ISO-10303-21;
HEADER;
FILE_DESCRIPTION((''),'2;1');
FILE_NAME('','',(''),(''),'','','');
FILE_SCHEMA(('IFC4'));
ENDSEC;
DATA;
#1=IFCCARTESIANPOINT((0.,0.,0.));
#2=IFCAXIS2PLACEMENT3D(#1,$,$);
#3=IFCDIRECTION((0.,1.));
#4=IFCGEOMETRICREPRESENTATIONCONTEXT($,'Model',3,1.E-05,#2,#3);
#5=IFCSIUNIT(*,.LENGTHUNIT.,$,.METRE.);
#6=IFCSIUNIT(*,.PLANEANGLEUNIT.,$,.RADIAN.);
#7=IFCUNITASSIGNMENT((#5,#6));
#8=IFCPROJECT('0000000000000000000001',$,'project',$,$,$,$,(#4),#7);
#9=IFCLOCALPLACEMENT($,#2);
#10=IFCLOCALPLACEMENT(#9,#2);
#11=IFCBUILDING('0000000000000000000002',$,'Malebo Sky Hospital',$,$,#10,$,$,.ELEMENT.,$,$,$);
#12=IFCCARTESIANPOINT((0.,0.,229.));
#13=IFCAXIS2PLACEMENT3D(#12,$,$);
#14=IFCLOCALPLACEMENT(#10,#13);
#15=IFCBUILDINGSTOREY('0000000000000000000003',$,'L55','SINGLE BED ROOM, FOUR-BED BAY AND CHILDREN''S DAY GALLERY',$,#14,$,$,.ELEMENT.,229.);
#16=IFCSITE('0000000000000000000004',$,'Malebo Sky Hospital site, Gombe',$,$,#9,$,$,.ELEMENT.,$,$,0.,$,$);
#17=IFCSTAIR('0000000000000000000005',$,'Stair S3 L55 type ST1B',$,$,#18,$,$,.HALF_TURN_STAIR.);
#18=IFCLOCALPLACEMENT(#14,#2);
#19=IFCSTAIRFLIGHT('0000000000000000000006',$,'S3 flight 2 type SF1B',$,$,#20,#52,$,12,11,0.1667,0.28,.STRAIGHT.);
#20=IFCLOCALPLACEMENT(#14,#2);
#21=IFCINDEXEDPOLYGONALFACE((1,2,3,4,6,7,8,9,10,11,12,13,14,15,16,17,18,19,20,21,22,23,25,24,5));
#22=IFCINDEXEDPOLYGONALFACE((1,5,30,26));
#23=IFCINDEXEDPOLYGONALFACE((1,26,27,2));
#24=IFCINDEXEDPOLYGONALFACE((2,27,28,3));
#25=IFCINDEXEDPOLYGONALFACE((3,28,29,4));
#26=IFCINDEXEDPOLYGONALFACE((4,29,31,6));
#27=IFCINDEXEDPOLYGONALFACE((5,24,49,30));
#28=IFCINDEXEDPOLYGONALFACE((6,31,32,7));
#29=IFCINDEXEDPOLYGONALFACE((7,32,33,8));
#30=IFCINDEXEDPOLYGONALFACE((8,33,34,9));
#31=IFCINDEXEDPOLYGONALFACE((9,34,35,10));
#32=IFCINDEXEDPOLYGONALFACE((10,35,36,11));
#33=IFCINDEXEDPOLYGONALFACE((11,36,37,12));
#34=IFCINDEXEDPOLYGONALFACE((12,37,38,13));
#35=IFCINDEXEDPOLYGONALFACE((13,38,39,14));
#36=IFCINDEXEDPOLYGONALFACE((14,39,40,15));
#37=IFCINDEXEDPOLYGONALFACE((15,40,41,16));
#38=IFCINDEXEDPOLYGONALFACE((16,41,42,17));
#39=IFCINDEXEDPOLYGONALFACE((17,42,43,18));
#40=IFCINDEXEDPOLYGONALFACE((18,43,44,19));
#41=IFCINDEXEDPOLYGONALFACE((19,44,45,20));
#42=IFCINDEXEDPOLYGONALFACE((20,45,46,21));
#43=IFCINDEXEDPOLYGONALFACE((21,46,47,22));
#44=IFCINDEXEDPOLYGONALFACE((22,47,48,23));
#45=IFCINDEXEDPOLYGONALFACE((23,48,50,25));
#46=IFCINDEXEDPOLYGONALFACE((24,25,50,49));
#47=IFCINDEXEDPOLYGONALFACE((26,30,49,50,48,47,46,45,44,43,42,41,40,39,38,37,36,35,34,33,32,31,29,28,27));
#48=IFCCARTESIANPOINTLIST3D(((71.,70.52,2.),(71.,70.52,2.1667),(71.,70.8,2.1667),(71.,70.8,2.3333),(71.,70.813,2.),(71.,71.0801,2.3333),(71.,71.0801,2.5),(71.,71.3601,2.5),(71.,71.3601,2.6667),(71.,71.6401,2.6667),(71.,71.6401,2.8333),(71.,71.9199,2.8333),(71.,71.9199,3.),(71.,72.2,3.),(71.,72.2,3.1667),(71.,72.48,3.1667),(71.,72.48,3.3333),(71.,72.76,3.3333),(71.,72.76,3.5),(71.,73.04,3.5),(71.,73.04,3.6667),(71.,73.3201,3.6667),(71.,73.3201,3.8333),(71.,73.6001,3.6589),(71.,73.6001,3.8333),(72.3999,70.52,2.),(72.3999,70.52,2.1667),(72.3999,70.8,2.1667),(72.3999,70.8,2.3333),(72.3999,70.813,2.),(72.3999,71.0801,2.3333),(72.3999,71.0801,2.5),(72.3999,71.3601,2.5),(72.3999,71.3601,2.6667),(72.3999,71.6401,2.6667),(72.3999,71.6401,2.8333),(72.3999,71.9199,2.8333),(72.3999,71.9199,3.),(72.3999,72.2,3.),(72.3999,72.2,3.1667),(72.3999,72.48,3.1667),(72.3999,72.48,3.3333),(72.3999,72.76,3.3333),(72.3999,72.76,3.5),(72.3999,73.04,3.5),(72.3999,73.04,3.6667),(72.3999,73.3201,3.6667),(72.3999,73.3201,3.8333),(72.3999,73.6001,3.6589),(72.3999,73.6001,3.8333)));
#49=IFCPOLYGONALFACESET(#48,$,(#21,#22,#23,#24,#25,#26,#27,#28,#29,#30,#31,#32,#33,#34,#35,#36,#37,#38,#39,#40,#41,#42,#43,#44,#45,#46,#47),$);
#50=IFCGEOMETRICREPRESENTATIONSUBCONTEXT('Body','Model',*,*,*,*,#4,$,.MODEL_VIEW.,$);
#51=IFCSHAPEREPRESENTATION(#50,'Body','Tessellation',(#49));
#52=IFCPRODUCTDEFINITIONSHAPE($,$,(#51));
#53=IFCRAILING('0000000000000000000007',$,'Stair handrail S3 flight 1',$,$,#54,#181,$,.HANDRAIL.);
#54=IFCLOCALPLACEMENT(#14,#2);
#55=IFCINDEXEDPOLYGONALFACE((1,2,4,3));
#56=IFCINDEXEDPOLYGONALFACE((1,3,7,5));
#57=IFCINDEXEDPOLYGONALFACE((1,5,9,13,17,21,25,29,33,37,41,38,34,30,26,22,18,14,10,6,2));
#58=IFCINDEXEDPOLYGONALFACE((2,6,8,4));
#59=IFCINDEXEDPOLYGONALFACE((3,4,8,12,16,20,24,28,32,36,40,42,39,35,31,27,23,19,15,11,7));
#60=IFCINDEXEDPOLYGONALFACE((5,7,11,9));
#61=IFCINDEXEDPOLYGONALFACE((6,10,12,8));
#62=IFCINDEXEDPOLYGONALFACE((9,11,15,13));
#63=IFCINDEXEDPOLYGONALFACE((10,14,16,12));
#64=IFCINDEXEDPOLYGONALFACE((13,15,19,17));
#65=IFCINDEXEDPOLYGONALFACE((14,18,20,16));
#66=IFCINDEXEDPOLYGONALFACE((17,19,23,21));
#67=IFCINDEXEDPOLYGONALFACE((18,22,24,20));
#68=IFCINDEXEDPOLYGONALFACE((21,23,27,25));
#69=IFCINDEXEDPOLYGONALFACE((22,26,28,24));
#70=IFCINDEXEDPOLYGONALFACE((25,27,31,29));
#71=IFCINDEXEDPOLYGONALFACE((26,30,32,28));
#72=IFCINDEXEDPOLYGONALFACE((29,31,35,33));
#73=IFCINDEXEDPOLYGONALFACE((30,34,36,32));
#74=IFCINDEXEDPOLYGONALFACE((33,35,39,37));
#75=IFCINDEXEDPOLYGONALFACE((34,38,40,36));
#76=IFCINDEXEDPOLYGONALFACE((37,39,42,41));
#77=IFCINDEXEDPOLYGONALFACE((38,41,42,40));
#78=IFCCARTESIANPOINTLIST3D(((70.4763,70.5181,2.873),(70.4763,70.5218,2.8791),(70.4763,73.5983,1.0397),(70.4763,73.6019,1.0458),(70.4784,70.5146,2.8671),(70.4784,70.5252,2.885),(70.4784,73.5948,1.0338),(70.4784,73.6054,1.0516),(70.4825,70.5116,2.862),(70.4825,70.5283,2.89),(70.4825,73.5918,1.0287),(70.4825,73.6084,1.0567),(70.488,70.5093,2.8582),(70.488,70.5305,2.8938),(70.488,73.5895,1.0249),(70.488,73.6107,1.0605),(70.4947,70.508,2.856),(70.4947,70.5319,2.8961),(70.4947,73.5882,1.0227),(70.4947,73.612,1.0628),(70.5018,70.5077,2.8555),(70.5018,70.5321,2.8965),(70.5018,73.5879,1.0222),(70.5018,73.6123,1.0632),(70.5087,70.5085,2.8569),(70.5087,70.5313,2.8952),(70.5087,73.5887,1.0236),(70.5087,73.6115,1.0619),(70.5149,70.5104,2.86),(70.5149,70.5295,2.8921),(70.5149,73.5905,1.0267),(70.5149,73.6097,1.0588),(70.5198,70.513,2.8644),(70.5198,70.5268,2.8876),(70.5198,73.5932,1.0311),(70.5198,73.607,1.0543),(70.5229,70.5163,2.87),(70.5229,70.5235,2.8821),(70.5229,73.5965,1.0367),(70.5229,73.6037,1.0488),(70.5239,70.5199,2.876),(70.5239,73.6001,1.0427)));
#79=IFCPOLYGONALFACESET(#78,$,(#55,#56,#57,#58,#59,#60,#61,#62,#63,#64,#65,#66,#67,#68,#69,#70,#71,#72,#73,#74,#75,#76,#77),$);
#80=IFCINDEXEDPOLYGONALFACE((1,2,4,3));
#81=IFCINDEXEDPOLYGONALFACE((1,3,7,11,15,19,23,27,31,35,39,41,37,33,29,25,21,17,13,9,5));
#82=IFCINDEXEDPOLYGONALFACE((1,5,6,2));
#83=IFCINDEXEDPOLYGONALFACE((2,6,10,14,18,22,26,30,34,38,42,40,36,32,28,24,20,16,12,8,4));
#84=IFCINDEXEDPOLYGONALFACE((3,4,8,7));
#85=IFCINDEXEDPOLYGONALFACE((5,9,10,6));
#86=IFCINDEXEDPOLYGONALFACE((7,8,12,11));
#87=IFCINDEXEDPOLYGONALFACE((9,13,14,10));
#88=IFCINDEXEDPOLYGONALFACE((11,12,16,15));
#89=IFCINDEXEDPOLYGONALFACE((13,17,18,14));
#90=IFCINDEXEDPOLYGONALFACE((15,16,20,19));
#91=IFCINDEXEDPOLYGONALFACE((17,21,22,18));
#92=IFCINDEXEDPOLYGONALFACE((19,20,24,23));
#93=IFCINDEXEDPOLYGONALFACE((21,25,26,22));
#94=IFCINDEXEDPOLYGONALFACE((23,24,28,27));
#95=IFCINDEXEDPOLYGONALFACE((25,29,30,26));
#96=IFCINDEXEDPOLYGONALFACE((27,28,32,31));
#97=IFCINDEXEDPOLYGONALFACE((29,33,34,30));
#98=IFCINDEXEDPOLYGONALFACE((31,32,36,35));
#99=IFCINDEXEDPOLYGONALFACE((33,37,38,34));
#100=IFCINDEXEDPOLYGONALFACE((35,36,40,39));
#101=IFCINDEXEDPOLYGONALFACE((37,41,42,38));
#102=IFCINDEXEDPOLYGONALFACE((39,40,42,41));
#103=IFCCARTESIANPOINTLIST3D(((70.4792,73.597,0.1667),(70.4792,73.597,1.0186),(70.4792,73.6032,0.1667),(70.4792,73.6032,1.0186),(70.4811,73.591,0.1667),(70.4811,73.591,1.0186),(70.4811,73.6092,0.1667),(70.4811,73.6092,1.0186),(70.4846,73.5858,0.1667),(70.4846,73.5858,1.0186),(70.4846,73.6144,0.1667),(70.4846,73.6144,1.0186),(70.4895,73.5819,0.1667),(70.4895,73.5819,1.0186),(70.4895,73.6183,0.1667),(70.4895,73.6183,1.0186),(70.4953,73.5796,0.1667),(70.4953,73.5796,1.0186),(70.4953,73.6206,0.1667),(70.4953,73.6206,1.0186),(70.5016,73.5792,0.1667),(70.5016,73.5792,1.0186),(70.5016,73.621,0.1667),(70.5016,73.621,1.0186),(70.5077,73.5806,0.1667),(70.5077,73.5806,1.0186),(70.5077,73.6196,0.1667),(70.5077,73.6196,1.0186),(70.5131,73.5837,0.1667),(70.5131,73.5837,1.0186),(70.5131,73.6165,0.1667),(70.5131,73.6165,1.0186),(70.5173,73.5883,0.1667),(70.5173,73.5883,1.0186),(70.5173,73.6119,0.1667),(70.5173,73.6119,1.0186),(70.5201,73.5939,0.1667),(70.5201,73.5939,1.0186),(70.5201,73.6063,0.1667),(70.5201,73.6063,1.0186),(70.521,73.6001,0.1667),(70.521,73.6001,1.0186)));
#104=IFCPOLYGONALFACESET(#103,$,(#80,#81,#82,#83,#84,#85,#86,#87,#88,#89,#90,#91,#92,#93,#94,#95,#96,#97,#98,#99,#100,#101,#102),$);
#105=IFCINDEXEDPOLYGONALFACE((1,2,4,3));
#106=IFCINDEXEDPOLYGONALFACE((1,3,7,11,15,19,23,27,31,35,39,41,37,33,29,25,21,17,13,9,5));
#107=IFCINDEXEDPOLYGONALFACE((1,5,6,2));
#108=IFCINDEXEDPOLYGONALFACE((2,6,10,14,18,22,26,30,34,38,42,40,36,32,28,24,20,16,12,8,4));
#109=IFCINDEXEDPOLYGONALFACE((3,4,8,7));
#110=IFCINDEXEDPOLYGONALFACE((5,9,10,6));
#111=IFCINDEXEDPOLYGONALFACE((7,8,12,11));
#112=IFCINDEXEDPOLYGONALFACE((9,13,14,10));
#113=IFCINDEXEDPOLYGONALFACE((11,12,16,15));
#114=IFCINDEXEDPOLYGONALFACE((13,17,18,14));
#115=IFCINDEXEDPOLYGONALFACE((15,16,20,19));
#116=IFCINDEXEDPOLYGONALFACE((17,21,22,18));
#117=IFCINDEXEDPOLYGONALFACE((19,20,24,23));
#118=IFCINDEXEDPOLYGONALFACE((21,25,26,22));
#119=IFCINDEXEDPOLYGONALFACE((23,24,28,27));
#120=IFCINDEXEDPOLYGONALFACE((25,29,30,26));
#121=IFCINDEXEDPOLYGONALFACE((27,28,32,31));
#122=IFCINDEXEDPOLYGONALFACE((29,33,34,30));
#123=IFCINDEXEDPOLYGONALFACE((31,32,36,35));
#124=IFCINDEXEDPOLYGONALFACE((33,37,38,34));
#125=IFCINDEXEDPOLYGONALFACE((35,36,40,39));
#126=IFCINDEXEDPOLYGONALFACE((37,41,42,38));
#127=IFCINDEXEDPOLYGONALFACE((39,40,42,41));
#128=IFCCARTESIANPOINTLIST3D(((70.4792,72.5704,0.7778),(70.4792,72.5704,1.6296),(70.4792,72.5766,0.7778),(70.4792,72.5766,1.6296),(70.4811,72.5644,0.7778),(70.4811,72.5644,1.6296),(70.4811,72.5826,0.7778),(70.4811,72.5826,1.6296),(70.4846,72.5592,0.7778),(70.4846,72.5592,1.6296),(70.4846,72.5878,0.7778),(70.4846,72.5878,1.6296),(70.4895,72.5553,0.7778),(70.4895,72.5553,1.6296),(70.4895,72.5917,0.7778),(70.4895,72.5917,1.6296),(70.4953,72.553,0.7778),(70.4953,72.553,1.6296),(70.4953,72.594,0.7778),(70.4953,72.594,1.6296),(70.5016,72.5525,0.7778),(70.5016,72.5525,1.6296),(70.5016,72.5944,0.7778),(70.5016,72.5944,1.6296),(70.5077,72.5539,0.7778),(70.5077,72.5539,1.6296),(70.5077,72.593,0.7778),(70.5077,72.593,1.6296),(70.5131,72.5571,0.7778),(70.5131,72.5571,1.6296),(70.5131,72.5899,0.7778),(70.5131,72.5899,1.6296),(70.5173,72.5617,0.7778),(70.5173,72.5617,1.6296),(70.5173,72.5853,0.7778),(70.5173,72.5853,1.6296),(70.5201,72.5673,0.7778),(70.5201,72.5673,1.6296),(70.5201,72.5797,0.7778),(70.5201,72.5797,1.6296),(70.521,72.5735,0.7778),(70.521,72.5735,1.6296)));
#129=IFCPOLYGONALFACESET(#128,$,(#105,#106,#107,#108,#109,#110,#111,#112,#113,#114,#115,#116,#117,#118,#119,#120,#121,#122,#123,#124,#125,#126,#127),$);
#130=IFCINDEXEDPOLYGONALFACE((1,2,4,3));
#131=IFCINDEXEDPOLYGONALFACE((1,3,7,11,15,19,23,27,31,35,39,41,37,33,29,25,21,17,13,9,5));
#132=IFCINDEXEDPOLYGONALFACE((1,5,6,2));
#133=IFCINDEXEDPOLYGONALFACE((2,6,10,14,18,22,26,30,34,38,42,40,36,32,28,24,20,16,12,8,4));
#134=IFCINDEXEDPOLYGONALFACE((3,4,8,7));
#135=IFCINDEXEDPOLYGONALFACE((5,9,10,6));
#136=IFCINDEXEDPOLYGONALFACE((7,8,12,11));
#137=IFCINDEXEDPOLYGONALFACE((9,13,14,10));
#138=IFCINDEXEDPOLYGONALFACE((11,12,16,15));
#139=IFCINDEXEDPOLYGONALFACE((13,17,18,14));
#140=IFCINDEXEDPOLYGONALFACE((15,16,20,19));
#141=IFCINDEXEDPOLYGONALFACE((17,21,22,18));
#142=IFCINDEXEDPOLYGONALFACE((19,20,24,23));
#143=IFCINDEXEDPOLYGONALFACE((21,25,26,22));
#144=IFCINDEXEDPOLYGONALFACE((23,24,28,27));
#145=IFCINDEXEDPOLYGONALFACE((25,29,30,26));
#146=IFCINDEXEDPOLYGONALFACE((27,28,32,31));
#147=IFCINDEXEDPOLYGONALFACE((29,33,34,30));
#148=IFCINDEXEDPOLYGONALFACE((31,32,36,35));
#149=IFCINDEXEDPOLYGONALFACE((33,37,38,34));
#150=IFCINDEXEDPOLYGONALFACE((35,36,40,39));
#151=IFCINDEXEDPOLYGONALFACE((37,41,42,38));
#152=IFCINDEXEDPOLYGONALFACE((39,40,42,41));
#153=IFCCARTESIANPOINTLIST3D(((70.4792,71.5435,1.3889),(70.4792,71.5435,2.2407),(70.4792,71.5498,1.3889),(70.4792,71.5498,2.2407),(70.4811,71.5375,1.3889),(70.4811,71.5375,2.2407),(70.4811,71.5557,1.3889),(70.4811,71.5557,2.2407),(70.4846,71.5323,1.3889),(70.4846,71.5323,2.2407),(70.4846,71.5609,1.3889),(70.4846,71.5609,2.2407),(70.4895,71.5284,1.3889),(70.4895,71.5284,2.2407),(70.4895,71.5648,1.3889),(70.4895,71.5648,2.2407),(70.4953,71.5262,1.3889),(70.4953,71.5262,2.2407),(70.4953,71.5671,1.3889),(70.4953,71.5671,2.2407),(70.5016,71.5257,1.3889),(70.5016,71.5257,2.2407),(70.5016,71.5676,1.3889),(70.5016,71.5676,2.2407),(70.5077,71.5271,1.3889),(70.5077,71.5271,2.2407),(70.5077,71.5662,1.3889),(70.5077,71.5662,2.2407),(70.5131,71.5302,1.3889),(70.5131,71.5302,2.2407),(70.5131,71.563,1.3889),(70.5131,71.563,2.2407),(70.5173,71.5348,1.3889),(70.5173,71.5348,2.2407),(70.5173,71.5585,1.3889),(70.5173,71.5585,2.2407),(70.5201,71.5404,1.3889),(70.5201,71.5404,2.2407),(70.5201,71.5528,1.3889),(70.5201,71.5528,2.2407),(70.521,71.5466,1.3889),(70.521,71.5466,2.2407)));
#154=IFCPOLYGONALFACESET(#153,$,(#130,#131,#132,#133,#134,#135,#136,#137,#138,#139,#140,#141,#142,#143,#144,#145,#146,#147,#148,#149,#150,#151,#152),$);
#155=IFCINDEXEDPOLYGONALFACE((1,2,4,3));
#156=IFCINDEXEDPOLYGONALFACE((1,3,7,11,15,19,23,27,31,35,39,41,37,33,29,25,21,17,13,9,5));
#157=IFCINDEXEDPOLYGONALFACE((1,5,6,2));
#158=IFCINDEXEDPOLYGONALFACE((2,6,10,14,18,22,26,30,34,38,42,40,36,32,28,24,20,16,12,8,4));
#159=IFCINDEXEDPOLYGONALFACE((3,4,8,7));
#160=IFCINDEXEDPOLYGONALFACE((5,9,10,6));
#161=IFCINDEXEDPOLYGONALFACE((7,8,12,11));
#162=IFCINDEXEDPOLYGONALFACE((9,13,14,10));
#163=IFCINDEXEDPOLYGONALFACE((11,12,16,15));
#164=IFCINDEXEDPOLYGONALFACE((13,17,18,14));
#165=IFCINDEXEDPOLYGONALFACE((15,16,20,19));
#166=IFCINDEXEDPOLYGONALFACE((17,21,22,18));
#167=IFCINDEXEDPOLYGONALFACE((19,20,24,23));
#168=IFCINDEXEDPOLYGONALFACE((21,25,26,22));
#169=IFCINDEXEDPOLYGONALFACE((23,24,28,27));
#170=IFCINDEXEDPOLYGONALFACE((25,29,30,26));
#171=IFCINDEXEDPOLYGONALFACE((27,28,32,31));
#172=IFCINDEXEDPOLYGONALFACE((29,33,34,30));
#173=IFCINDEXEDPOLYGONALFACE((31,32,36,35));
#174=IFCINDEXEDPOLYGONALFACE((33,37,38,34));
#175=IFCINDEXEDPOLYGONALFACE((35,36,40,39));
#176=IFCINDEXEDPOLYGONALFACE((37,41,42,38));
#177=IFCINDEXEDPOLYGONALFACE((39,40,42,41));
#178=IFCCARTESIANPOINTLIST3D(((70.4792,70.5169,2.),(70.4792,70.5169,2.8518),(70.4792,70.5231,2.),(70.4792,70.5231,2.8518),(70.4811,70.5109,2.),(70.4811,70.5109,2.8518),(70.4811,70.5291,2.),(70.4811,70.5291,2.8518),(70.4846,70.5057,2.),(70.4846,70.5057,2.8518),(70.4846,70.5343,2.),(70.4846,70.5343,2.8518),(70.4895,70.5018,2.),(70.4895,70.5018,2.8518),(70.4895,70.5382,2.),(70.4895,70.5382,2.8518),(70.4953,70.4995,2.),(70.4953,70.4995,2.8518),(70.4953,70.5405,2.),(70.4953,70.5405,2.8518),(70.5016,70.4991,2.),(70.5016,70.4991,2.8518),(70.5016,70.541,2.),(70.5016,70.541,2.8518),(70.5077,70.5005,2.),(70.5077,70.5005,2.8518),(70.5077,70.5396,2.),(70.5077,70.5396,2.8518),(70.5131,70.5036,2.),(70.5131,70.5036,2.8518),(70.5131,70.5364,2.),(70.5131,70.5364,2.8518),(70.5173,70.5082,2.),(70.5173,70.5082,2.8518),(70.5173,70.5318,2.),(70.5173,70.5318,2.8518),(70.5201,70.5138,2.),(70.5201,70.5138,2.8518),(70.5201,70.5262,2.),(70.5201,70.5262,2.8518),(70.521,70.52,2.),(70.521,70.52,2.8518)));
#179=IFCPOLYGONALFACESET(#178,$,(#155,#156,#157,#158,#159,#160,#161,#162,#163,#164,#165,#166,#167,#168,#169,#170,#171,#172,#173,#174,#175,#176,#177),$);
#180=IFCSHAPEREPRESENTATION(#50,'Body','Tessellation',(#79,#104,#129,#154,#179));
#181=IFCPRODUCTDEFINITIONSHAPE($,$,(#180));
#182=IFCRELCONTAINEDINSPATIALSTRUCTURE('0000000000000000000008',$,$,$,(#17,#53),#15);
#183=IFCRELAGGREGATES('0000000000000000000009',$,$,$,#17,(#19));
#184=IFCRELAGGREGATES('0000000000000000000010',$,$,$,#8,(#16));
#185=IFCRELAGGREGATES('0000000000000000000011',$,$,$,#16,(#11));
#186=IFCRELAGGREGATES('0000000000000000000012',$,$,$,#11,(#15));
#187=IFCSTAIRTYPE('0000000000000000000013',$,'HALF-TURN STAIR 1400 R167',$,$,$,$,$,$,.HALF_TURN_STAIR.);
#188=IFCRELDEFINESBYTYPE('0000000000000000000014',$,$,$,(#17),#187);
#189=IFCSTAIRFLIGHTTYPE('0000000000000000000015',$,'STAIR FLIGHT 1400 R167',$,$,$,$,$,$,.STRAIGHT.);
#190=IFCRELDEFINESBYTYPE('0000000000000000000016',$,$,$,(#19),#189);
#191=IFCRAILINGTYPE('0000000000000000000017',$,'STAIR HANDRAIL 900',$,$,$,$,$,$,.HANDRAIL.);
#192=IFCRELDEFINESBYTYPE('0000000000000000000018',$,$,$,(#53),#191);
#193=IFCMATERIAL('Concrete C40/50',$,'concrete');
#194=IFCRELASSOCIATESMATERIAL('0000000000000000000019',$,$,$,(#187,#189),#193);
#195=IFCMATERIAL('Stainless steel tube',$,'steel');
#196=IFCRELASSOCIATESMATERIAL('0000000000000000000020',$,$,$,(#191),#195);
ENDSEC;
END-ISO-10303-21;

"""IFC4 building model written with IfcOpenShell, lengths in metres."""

from ifc_helpers import new_model, si_unit, direction, frame, origin, origin_2d, place, context, subcontext, project, spatial, polyline, circle, outline, extrude, material, type_object, element, aggregate, save


model = new_model("IFC4")

# Units and contexts
model_context = context("Model", 3, precision=1e-05, world=origin(), true_north=direction((0.0, 1.0)))
body_context = subcontext(model_context, "Body", "Model", "MODEL_VIEW")
ifc_project = project(units=[si_unit("LENGTHUNIT", "METRE"), si_unit("PLANEANGLEUNIT", "RADIAN")], contexts=[model_context])

# Site, building, storey
site_placement = place(None, origin())
site = spatial("IfcSite", under=ifc_project, at=site_placement, Name="Malebo Sky Hospital site, Gombe", CompositionType="ELEMENT", RefElevation=0.0)
building_placement = place(site_placement, origin())
building = spatial("IfcBuilding", under=site, at=building_placement, Name="Malebo Sky Hospital", CompositionType="ELEMENT")
storey_placement = place(building_placement, frame((0.0, 0.0, 229.0)))
storey = spatial("IfcBuildingStorey", under=building, at=storey_placement, Name="L55", Description="SINGLE BED ROOM, FOUR-BED BAY AND CHILDREN'S DAY GALLERY", CompositionType="ELEMENT", Elevation=229.0)

# Shared definitions
ifc_material_1 = material(Name="Concrete C40/50", Category="concrete")

# Stair, stair flight
stair_type = type_object("IfcStairType", Name="HALF-TURN STAIR 1400 R167", PredefinedType="HALF_TURN_STAIR", material=ifc_material_1)
stair_placement = place(storey_placement, origin())
stair = element("IfcStair", 1, at=stair_placement, inside=storey, type_object=stair_type, Name="Stair S3 L55 type ST1B", PredefinedType="HALF_TURN_STAIR")
stair_flight_type = type_object("IfcStairFlightType", Name="STAIR FLIGHT 1400 R167", PredefinedType="STRAIGHT", material=ifc_material_1)
stair_flight_1_placement = place(storey_placement, frame((71.7, 70.52, 2.0), z_axis=(0.0, 0.0, 1.0), x_axis=(0.0, 1.0, 0.0)))
stair_flight_1 = element("IfcStairFlight", 2, at=stair_flight_1_placement, type_object=stair_flight_type, Name="S3 flight 2 type SF1B", NumberOfRisers=12, NumberOfTreads=11, PredefinedType="STRAIGHT", RiserHeight=0.1667, TreadLength=0.28, context=body_context, shape_type="SweptSolid", body=[
    extrude(outline(polyline([(0.0, 0.0), (0.0, 0.1667), (0.28, 0.1667), (0.28, 0.3333), (0.5601, 0.3333), (0.5601, 0.5), (0.8401, 0.5), (0.8401, 0.6667), (1.1201, 0.6667), (1.1201, 0.8333), (1.3999, 0.8333), (1.3999, 1.0), (1.6799, 1.0), (1.6799, 1.1667), (1.96, 1.1667), (1.96, 1.3333), (2.24, 1.3333), (2.24, 1.5), (2.52, 1.5), (2.52, 1.6667), (2.8, 1.6667), (2.8, 1.8333), (3.0801, 1.8333), (3.0801, 2.0), (3.0801, 1.6589), (0.293, 0.0), (0.0, 0.0)])), frame((0.0, 0.7, 0.0), z_axis=(0.0, -1.0, 0.0), x_axis=(1.0, 0.0, 0.0)), (0.0, 0.0, 1.0), 1.3999),
])
aggregate(stair, [stair_flight_1])

# Railing
ifc_material_2 = material(Name="Stainless steel tube", Category="steel")
railing_type = type_object("IfcRailingType", Name="STAIR HANDRAIL 900", PredefinedType="HANDRAIL", material=ifc_material_2)
railing_1_placement = place(storey_placement, frame((70.5, 73.6001, 0.1667)))
element("IfcRailing", 3, at=railing_1_placement, inside=storey, type_object=railing_type, Name="Stair handrail S3 flight 1", PredefinedType="HANDRAIL", context=body_context, shape_type="SweptSolid", body=[
    extrude(circle(Radius=0.0239, at=origin_2d()), frame((0.0, 0.0, 0.876), z_axis=(0.0, -0.859309, 0.511458), x_axis=(1.0, 0.0, 0.0)), (0.0, 0.0, 1.0), 3.5845),
    extrude(circle(Radius=0.021, at=origin_2d()), origin(), (0.0, 0.0, 1.0), 0.8518),
    extrude(circle(Radius=0.021, at=origin_2d()), frame((0.0, -1.0266, 0.6111)), (0.0, 0.0, 1.0), 0.8518),
    extrude(circle(Radius=0.021, at=origin_2d()), frame((0.0, -2.0535, 1.2222)), (0.0, 0.0, 1.0), 0.8518),
    extrude(circle(Radius=0.021, at=origin_2d()), frame((0.0, -3.0801, 1.8333)), (0.0, 0.0, 1.0), 0.8518),
])

save(model, "model.ifc")
